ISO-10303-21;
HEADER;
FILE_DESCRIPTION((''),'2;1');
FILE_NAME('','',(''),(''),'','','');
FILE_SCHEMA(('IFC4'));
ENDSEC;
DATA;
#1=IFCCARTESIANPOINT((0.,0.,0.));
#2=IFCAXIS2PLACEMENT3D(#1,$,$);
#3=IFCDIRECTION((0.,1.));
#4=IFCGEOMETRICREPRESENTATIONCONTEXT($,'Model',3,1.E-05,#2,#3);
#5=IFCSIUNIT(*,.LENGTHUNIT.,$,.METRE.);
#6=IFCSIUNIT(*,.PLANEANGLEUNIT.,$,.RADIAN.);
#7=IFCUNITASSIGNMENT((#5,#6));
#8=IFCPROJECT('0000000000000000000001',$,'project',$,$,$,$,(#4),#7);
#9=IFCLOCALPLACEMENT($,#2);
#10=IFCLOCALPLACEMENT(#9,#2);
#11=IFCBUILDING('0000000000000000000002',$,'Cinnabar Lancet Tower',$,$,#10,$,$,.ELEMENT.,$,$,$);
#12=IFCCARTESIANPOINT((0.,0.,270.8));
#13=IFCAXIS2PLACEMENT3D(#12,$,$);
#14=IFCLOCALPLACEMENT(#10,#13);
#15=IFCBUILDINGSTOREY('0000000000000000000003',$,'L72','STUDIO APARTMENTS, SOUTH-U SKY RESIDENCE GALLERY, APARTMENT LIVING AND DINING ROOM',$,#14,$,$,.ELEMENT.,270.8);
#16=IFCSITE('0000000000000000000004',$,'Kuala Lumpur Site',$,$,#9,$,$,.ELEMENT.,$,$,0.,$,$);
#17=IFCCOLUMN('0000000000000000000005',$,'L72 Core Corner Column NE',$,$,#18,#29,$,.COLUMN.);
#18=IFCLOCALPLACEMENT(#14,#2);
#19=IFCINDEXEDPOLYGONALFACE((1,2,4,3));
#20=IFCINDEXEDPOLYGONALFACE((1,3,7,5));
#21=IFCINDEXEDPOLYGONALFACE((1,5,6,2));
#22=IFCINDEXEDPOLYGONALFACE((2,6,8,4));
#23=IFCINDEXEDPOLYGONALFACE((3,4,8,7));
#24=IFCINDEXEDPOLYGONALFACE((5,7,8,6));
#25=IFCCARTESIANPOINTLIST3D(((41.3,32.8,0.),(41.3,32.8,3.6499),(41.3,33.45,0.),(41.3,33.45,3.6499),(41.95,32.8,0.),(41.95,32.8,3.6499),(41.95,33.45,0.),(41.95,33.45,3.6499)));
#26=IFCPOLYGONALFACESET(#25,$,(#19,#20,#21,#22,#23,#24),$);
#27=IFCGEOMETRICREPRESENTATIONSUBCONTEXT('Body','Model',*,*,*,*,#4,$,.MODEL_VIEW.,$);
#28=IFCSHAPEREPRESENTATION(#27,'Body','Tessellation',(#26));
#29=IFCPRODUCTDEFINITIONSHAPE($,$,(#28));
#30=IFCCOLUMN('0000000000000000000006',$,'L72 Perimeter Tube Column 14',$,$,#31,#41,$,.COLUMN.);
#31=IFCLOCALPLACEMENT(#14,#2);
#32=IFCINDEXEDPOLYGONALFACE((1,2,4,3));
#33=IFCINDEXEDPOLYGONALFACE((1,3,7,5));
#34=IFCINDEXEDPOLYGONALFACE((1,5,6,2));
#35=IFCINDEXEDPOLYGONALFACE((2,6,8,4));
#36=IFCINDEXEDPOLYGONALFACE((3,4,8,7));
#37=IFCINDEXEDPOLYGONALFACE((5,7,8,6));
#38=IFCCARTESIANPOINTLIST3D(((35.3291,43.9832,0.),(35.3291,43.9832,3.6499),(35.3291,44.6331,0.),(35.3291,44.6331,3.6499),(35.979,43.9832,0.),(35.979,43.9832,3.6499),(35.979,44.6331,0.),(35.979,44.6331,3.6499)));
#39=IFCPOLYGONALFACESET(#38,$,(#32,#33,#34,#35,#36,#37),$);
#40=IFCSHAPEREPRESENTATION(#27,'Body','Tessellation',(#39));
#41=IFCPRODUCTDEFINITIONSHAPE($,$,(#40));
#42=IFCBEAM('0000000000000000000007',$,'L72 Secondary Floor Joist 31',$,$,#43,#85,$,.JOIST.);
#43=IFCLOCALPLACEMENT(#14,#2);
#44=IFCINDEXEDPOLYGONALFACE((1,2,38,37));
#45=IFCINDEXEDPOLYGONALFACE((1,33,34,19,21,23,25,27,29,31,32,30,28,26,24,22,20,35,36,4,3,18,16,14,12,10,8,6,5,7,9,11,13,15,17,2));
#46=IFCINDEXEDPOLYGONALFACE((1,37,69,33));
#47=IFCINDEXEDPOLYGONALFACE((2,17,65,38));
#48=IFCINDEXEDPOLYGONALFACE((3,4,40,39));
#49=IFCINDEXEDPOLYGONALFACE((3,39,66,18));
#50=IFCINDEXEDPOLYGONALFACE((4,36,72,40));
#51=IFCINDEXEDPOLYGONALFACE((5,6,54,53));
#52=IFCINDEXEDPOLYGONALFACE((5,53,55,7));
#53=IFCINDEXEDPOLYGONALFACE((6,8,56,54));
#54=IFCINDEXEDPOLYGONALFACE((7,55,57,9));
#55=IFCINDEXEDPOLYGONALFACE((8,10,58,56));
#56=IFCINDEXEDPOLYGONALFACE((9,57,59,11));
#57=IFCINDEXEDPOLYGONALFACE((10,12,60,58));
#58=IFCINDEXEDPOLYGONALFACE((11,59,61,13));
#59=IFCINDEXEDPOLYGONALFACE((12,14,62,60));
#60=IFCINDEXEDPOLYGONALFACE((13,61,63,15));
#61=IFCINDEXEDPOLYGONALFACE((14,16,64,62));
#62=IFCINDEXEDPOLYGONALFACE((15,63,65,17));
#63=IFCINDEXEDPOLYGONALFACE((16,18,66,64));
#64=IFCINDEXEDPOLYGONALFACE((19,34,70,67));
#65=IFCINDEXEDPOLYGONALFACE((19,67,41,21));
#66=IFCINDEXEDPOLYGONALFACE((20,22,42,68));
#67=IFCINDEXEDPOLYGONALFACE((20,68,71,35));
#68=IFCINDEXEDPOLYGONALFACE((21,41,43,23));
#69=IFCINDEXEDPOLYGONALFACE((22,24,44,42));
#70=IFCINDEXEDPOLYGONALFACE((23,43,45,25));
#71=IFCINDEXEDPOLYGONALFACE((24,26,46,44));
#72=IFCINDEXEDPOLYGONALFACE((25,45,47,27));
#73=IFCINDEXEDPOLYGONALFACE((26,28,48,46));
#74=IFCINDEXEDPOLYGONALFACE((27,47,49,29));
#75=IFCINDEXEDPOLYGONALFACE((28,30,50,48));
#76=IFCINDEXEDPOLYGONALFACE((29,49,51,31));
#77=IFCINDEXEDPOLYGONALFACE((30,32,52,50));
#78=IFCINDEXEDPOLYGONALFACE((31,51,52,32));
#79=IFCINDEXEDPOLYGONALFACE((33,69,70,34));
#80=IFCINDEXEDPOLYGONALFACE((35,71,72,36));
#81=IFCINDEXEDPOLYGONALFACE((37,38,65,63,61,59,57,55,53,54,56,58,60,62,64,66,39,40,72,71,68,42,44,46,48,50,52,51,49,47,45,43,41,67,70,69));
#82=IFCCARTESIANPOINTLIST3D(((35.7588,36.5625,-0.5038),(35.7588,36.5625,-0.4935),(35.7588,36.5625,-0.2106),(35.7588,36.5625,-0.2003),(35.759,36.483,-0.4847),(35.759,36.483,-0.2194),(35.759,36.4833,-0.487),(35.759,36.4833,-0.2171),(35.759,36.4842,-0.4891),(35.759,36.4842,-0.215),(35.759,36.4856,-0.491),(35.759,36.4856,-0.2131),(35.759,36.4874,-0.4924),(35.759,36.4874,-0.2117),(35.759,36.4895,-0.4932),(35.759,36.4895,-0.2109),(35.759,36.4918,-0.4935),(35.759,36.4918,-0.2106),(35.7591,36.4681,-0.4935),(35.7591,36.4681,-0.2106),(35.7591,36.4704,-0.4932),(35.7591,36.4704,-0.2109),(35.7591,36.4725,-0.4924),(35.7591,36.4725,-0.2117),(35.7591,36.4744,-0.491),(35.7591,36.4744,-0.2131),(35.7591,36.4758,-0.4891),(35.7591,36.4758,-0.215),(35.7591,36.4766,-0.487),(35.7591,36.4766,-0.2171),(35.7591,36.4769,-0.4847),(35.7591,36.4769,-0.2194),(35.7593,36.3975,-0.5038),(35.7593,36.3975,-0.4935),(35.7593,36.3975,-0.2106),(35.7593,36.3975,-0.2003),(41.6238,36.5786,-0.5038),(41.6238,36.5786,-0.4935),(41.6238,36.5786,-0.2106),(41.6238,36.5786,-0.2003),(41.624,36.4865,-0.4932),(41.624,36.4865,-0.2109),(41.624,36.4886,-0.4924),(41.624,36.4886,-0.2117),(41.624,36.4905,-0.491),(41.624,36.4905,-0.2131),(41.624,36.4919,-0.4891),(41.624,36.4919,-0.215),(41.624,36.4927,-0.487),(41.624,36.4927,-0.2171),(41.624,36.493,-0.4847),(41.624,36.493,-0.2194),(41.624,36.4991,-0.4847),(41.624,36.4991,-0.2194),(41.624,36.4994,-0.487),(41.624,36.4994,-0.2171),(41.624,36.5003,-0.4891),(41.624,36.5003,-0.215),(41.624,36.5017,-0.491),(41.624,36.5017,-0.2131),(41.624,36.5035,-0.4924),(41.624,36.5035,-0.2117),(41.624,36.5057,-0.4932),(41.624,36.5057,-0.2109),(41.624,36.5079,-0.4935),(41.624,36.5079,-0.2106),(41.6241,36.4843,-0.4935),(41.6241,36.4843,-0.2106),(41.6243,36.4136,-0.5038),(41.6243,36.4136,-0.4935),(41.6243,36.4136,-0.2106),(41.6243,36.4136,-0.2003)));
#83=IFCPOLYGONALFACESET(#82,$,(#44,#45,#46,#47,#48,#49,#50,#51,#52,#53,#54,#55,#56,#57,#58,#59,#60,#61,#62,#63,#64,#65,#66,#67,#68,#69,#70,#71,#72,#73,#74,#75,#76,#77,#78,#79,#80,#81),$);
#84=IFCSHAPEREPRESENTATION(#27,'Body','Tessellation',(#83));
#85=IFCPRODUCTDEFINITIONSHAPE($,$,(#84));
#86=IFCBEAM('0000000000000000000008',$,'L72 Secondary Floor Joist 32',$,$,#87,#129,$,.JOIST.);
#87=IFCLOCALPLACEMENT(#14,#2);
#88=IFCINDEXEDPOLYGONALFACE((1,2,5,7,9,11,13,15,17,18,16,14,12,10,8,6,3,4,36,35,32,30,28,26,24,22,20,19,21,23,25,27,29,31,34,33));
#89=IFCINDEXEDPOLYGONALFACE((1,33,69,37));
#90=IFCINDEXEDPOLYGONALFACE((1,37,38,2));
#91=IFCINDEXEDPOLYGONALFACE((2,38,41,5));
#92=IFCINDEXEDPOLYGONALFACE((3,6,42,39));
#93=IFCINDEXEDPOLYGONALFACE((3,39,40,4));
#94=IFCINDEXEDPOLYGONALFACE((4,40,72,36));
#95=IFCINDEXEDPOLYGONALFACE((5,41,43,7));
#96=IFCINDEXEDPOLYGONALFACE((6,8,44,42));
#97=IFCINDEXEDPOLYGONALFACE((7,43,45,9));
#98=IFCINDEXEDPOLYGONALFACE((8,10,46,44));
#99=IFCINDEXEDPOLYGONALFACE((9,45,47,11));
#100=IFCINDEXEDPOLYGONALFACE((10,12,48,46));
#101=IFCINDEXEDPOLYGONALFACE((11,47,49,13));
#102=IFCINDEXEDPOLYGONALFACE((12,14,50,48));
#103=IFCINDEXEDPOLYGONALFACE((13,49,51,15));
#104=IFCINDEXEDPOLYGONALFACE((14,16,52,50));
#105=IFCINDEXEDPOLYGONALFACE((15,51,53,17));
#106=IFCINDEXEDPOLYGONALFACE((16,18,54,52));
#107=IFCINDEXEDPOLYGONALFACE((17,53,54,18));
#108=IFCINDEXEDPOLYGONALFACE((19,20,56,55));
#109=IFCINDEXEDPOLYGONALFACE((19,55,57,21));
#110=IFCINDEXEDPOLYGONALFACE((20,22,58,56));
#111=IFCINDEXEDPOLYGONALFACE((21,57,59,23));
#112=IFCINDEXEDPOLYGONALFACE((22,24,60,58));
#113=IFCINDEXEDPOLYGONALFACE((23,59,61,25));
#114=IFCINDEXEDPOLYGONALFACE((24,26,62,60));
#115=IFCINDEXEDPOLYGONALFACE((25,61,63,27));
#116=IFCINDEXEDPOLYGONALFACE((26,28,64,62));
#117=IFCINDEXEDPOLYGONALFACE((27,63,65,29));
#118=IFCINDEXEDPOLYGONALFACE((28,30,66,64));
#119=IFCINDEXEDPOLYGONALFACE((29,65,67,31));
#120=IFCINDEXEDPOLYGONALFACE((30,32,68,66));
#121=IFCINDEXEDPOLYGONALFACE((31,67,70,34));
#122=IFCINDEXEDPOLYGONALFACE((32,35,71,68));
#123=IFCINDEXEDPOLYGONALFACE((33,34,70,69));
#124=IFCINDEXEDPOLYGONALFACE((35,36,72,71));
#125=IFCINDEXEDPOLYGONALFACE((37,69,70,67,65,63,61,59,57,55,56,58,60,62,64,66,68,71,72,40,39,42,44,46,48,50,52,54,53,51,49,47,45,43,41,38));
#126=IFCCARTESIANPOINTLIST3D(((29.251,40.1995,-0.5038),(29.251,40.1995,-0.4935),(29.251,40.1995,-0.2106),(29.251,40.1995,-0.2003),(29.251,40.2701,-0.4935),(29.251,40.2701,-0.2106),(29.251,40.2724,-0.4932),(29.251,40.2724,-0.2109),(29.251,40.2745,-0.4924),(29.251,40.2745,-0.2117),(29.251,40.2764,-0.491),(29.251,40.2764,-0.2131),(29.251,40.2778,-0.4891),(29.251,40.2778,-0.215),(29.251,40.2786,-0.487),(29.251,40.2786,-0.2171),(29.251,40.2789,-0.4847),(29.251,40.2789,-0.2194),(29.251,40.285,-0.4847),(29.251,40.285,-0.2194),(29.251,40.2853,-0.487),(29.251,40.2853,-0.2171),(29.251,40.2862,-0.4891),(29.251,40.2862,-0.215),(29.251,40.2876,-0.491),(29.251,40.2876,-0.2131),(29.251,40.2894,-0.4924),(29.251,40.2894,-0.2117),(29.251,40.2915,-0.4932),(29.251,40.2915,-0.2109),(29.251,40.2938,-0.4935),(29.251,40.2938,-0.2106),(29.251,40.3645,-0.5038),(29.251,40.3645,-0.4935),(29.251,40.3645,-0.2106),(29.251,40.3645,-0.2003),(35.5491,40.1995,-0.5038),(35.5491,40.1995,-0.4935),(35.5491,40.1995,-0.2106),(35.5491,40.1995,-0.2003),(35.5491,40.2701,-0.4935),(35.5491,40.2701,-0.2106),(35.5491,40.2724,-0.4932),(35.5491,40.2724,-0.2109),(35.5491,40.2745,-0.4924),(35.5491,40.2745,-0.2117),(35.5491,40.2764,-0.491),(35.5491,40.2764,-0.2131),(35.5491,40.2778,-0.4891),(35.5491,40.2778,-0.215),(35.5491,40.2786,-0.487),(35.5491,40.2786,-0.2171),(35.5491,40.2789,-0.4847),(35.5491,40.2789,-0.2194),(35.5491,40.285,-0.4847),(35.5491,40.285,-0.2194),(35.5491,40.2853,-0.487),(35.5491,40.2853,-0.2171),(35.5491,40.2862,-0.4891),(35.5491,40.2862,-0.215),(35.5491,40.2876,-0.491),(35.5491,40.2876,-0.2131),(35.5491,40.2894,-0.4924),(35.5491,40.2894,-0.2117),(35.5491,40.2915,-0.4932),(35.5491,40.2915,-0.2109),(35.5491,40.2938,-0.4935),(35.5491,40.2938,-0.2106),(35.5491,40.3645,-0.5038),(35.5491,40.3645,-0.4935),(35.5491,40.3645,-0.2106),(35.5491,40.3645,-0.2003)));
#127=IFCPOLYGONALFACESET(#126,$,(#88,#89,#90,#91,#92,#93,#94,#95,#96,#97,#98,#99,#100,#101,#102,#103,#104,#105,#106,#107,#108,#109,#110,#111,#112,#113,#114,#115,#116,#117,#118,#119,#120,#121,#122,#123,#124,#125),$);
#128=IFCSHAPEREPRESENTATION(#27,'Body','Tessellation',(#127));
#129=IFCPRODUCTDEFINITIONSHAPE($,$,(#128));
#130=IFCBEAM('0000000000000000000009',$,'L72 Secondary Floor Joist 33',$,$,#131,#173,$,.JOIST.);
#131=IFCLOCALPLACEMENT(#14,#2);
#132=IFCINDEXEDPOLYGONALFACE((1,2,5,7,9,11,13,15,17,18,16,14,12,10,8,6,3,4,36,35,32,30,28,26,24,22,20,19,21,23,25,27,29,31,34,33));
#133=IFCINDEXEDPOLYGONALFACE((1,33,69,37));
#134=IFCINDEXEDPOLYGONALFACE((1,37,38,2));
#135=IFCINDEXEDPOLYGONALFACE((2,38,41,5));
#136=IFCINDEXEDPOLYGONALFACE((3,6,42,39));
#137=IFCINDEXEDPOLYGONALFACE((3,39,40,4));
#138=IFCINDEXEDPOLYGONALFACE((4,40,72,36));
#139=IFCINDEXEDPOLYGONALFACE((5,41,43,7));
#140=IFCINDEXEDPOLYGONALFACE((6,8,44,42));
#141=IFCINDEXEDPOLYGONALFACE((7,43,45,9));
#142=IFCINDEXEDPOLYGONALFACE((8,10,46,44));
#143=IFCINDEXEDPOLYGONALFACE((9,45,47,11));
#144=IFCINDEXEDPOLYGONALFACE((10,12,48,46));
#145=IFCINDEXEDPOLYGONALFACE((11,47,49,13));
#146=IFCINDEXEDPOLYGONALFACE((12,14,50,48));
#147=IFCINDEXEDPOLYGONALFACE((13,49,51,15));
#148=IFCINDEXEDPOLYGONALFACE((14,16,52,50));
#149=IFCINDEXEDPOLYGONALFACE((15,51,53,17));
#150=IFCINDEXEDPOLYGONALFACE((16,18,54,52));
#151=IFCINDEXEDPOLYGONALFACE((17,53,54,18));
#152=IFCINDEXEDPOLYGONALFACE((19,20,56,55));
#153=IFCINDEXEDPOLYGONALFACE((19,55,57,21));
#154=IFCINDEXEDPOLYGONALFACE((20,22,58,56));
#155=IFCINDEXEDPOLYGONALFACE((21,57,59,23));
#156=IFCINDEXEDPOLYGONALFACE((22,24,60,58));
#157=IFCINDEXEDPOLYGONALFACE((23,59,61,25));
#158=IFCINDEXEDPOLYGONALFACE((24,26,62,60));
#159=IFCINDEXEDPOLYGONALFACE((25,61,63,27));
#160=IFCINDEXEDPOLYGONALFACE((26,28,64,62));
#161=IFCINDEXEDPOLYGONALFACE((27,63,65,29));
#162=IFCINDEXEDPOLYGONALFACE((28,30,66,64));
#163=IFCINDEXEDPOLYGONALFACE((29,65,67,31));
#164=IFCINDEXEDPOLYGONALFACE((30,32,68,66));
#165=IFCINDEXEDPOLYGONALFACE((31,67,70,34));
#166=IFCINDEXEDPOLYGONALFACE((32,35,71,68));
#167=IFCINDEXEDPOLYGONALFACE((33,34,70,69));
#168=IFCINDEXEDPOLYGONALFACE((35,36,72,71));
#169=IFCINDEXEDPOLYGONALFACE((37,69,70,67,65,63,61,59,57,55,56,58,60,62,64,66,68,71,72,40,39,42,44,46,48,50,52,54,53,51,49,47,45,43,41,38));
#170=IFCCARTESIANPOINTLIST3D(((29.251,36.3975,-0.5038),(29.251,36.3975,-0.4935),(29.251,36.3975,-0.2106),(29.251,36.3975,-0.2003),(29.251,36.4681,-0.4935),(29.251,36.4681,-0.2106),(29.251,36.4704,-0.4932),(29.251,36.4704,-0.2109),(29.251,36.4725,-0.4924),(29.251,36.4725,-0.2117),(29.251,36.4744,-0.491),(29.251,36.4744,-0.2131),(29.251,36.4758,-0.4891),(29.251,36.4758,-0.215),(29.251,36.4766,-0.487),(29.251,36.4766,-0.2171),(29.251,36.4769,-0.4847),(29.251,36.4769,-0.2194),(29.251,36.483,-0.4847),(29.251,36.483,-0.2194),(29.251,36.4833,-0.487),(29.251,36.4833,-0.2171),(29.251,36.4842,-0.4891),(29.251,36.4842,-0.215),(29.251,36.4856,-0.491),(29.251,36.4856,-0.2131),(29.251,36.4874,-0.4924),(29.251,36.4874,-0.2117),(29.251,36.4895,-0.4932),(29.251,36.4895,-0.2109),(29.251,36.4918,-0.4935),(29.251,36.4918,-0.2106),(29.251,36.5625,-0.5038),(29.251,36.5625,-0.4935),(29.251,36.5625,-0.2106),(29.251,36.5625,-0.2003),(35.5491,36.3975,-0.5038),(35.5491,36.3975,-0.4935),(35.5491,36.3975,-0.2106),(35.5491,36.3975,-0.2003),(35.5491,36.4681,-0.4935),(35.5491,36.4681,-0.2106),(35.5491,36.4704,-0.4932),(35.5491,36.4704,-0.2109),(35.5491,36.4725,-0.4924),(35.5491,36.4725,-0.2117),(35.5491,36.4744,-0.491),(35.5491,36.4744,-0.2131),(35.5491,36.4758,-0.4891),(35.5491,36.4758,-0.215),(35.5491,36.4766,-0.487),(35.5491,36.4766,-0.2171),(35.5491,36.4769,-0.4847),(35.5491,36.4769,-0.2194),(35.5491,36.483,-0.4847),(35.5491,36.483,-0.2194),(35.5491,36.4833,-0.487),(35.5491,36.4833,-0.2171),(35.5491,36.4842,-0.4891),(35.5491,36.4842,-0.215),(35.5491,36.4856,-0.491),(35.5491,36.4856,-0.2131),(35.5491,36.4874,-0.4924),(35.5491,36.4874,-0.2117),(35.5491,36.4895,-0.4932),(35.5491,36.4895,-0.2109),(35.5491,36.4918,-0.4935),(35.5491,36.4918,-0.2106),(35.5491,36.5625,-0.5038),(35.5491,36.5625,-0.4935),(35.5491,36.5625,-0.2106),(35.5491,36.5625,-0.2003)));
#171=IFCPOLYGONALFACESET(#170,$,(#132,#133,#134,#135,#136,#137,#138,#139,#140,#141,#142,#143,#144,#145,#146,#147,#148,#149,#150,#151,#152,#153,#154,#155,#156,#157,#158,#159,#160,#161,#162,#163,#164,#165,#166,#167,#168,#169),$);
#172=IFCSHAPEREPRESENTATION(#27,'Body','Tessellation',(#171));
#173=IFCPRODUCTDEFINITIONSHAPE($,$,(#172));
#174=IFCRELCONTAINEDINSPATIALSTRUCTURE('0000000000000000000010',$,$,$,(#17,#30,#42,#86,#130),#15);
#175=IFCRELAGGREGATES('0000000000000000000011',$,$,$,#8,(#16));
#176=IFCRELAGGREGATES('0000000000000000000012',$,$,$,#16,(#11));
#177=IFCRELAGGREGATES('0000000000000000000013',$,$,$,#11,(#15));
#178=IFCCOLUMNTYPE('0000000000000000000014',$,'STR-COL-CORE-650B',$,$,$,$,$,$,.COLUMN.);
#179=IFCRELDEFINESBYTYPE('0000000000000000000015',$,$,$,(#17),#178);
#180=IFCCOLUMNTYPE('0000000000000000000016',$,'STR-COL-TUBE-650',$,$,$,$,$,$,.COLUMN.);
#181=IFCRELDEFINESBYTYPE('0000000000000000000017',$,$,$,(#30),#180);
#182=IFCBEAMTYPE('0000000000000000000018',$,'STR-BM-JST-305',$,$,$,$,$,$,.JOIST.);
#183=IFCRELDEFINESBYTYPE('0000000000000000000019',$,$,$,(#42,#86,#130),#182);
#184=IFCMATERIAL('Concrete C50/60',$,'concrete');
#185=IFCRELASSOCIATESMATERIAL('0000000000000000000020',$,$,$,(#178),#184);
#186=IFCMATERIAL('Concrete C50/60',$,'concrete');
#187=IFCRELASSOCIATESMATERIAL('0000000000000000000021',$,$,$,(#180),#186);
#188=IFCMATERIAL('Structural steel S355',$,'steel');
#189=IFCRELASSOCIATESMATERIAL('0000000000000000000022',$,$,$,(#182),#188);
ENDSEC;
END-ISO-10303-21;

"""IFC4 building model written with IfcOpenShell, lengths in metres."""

from ifc_helpers import new_model, si_unit, direction, frame, origin, origin_2d, place, context, subcontext, project, spatial, rectangle, i_section, extrude, material, material_profile, profile_set, type_object, element, save


model = new_model("IFC4")

# Units and contexts
model_context = context("Model", 3, precision=1e-05, world=origin(), true_north=direction((0.0, 1.0)))
body_context = subcontext(model_context, "Body", "Model", "MODEL_VIEW")
ifc_project = project(units=[si_unit("LENGTHUNIT", "METRE"), si_unit("PLANEANGLEUNIT", "RADIAN")], contexts=[model_context])

# Site, building, storey
site_placement = place(None, origin())
site = spatial("IfcSite", under=ifc_project, at=site_placement, Name="Kuala Lumpur Site", CompositionType="ELEMENT", RefElevation=0.0)
building_placement = place(site_placement, origin())
building = spatial("IfcBuilding", under=site, at=building_placement, Name="Cinnabar Lancet Tower", CompositionType="ELEMENT")
storey_placement = place(building_placement, frame((0.0, 0.0, 270.8)))
storey = spatial("IfcBuildingStorey", under=building, at=storey_placement, Name="L72", Description="STUDIO APARTMENTS, SOUTH-U SKY RESIDENCE GALLERY, APARTMENT LIVING AND DINING ROOM", CompositionType="ELEMENT", Elevation=270.8)

# Columns
ifc_material_1 = material(Name="Concrete C50/60", Category="concrete")
ifc_material_profile_1 = material_profile(ifc_material_1, rectangle(XDim=0.6499, YDim=0.6499, at=origin_2d()), Name="RC-COL 650x650")
ifc_profile_set_1 = profile_set([ifc_material_profile_1], Name="Concrete C50/60")
column_type_1 = type_object("IfcColumnType", Name="STR-COL-CORE-650B", PredefinedType="COLUMN", material=ifc_profile_set_1)
column_1_placement = place(storey_placement, frame((41.625, 33.125, 0.0), z_axis=(0.0, 0.0, 1.0), x_axis=(1.0, 0.0, 0.0)))
element("IfcColumn", 1, at=column_1_placement, inside=storey, type_object=column_type_1, Name="L72 Core Corner Column NE", PredefinedType="COLUMN", context=body_context, shape_type="SweptSolid", body=[
    extrude(rectangle(XDim=0.6499, YDim=0.6499, at=origin_2d()), origin(), (0.0, 0.0, 1.0), 3.6499),
])
ifc_material_2 = material(Name="Concrete C50/60", Category="concrete")
ifc_material_profile_2 = material_profile(ifc_material_2, rectangle(XDim=0.6499, YDim=0.6499, at=origin_2d()), Name="RC-COL 650x650")
ifc_profile_set_2 = profile_set([ifc_material_profile_2], Name="Concrete C50/60")
column_type_2 = type_object("IfcColumnType", Name="STR-COL-TUBE-650", PredefinedType="COLUMN", material=ifc_profile_set_2)
column_2_placement = place(storey_placement, frame((35.6541, 44.3081, 0.0), z_axis=(0.0, 0.0, 1.0), x_axis=(1.0, 0.0, 0.0)))
element("IfcColumn", 2, at=column_2_placement, inside=storey, type_object=column_type_2, Name="L72 Perimeter Tube Column 14", PredefinedType="COLUMN", context=body_context, shape_type="SweptSolid", body=[
    extrude(rectangle(XDim=0.6499, YDim=0.6499, at=origin_2d()), origin(), (0.0, 0.0, 1.0), 3.6499),
])

# Beams
ifc_material_3 = material(Name="Structural steel S355", Category="steel")
ifc_material_profile_3 = material_profile(ifc_material_3, i_section(OverallWidth=0.165, OverallDepth=0.3035, WebThickness=0.0061, FlangeThickness=0.0103, FilletRadius=0.0088, at=origin_2d()), Name="UKB 305x165x40")
ifc_profile_set_3 = profile_set([ifc_material_profile_3], Name="Structural steel S355")
beam_type_1 = type_object("IfcBeamType", Name="STR-BM-JST-305", PredefinedType="JOIST", material=ifc_profile_set_3)
beam_1_placement = place(storey_placement, frame((41.624, 36.4961, -0.3521), z_axis=(-0.999996, -0.002747, 0.0), x_axis=(0.002747, -0.999996, 0.0)))
element("IfcBeam", 3, at=beam_1_placement, inside=storey, type_object=beam_type_1, Name="L72 Secondary Floor Joist 31", PredefinedType="JOIST", context=body_context, shape_type="SweptSolid", body=[
    extrude(i_section(OverallWidth=0.165, OverallDepth=0.3035, WebThickness=0.0061, FlangeThickness=0.0103, FilletRadius=0.0088, at=origin_2d()), origin(), (0.0, 0.0, 1.0), 5.865),
])
for number, where, z_axis, x_axis, name in (
    (4, (35.5491, 40.282, -0.3521), (-1.0, 0.0, 0.0), (0.0, -1.0, 0.0), "L72 Secondary Floor Joist 32"),
    (5, (35.5491, 36.48, -0.3521), (-1.0, 0.0, 0.0), (0.0, -1.0, 0.0), "L72 Secondary Floor Joist 33"),
):
    element("IfcBeam", number, at=place(storey_placement, frame(where, z_axis=z_axis, x_axis=x_axis)), inside=storey, type_object=beam_type_1, Name=name, PredefinedType="JOIST", context=body_context, shape_type="SweptSolid", body=[
        extrude(i_section(OverallWidth=0.165, OverallDepth=0.3035, WebThickness=0.0061, FlangeThickness=0.0103, FilletRadius=0.0088, at=origin_2d()), origin(), (0.0, 0.0, 1.0), 6.2981),
    ])

save(model, "model.ifc")
